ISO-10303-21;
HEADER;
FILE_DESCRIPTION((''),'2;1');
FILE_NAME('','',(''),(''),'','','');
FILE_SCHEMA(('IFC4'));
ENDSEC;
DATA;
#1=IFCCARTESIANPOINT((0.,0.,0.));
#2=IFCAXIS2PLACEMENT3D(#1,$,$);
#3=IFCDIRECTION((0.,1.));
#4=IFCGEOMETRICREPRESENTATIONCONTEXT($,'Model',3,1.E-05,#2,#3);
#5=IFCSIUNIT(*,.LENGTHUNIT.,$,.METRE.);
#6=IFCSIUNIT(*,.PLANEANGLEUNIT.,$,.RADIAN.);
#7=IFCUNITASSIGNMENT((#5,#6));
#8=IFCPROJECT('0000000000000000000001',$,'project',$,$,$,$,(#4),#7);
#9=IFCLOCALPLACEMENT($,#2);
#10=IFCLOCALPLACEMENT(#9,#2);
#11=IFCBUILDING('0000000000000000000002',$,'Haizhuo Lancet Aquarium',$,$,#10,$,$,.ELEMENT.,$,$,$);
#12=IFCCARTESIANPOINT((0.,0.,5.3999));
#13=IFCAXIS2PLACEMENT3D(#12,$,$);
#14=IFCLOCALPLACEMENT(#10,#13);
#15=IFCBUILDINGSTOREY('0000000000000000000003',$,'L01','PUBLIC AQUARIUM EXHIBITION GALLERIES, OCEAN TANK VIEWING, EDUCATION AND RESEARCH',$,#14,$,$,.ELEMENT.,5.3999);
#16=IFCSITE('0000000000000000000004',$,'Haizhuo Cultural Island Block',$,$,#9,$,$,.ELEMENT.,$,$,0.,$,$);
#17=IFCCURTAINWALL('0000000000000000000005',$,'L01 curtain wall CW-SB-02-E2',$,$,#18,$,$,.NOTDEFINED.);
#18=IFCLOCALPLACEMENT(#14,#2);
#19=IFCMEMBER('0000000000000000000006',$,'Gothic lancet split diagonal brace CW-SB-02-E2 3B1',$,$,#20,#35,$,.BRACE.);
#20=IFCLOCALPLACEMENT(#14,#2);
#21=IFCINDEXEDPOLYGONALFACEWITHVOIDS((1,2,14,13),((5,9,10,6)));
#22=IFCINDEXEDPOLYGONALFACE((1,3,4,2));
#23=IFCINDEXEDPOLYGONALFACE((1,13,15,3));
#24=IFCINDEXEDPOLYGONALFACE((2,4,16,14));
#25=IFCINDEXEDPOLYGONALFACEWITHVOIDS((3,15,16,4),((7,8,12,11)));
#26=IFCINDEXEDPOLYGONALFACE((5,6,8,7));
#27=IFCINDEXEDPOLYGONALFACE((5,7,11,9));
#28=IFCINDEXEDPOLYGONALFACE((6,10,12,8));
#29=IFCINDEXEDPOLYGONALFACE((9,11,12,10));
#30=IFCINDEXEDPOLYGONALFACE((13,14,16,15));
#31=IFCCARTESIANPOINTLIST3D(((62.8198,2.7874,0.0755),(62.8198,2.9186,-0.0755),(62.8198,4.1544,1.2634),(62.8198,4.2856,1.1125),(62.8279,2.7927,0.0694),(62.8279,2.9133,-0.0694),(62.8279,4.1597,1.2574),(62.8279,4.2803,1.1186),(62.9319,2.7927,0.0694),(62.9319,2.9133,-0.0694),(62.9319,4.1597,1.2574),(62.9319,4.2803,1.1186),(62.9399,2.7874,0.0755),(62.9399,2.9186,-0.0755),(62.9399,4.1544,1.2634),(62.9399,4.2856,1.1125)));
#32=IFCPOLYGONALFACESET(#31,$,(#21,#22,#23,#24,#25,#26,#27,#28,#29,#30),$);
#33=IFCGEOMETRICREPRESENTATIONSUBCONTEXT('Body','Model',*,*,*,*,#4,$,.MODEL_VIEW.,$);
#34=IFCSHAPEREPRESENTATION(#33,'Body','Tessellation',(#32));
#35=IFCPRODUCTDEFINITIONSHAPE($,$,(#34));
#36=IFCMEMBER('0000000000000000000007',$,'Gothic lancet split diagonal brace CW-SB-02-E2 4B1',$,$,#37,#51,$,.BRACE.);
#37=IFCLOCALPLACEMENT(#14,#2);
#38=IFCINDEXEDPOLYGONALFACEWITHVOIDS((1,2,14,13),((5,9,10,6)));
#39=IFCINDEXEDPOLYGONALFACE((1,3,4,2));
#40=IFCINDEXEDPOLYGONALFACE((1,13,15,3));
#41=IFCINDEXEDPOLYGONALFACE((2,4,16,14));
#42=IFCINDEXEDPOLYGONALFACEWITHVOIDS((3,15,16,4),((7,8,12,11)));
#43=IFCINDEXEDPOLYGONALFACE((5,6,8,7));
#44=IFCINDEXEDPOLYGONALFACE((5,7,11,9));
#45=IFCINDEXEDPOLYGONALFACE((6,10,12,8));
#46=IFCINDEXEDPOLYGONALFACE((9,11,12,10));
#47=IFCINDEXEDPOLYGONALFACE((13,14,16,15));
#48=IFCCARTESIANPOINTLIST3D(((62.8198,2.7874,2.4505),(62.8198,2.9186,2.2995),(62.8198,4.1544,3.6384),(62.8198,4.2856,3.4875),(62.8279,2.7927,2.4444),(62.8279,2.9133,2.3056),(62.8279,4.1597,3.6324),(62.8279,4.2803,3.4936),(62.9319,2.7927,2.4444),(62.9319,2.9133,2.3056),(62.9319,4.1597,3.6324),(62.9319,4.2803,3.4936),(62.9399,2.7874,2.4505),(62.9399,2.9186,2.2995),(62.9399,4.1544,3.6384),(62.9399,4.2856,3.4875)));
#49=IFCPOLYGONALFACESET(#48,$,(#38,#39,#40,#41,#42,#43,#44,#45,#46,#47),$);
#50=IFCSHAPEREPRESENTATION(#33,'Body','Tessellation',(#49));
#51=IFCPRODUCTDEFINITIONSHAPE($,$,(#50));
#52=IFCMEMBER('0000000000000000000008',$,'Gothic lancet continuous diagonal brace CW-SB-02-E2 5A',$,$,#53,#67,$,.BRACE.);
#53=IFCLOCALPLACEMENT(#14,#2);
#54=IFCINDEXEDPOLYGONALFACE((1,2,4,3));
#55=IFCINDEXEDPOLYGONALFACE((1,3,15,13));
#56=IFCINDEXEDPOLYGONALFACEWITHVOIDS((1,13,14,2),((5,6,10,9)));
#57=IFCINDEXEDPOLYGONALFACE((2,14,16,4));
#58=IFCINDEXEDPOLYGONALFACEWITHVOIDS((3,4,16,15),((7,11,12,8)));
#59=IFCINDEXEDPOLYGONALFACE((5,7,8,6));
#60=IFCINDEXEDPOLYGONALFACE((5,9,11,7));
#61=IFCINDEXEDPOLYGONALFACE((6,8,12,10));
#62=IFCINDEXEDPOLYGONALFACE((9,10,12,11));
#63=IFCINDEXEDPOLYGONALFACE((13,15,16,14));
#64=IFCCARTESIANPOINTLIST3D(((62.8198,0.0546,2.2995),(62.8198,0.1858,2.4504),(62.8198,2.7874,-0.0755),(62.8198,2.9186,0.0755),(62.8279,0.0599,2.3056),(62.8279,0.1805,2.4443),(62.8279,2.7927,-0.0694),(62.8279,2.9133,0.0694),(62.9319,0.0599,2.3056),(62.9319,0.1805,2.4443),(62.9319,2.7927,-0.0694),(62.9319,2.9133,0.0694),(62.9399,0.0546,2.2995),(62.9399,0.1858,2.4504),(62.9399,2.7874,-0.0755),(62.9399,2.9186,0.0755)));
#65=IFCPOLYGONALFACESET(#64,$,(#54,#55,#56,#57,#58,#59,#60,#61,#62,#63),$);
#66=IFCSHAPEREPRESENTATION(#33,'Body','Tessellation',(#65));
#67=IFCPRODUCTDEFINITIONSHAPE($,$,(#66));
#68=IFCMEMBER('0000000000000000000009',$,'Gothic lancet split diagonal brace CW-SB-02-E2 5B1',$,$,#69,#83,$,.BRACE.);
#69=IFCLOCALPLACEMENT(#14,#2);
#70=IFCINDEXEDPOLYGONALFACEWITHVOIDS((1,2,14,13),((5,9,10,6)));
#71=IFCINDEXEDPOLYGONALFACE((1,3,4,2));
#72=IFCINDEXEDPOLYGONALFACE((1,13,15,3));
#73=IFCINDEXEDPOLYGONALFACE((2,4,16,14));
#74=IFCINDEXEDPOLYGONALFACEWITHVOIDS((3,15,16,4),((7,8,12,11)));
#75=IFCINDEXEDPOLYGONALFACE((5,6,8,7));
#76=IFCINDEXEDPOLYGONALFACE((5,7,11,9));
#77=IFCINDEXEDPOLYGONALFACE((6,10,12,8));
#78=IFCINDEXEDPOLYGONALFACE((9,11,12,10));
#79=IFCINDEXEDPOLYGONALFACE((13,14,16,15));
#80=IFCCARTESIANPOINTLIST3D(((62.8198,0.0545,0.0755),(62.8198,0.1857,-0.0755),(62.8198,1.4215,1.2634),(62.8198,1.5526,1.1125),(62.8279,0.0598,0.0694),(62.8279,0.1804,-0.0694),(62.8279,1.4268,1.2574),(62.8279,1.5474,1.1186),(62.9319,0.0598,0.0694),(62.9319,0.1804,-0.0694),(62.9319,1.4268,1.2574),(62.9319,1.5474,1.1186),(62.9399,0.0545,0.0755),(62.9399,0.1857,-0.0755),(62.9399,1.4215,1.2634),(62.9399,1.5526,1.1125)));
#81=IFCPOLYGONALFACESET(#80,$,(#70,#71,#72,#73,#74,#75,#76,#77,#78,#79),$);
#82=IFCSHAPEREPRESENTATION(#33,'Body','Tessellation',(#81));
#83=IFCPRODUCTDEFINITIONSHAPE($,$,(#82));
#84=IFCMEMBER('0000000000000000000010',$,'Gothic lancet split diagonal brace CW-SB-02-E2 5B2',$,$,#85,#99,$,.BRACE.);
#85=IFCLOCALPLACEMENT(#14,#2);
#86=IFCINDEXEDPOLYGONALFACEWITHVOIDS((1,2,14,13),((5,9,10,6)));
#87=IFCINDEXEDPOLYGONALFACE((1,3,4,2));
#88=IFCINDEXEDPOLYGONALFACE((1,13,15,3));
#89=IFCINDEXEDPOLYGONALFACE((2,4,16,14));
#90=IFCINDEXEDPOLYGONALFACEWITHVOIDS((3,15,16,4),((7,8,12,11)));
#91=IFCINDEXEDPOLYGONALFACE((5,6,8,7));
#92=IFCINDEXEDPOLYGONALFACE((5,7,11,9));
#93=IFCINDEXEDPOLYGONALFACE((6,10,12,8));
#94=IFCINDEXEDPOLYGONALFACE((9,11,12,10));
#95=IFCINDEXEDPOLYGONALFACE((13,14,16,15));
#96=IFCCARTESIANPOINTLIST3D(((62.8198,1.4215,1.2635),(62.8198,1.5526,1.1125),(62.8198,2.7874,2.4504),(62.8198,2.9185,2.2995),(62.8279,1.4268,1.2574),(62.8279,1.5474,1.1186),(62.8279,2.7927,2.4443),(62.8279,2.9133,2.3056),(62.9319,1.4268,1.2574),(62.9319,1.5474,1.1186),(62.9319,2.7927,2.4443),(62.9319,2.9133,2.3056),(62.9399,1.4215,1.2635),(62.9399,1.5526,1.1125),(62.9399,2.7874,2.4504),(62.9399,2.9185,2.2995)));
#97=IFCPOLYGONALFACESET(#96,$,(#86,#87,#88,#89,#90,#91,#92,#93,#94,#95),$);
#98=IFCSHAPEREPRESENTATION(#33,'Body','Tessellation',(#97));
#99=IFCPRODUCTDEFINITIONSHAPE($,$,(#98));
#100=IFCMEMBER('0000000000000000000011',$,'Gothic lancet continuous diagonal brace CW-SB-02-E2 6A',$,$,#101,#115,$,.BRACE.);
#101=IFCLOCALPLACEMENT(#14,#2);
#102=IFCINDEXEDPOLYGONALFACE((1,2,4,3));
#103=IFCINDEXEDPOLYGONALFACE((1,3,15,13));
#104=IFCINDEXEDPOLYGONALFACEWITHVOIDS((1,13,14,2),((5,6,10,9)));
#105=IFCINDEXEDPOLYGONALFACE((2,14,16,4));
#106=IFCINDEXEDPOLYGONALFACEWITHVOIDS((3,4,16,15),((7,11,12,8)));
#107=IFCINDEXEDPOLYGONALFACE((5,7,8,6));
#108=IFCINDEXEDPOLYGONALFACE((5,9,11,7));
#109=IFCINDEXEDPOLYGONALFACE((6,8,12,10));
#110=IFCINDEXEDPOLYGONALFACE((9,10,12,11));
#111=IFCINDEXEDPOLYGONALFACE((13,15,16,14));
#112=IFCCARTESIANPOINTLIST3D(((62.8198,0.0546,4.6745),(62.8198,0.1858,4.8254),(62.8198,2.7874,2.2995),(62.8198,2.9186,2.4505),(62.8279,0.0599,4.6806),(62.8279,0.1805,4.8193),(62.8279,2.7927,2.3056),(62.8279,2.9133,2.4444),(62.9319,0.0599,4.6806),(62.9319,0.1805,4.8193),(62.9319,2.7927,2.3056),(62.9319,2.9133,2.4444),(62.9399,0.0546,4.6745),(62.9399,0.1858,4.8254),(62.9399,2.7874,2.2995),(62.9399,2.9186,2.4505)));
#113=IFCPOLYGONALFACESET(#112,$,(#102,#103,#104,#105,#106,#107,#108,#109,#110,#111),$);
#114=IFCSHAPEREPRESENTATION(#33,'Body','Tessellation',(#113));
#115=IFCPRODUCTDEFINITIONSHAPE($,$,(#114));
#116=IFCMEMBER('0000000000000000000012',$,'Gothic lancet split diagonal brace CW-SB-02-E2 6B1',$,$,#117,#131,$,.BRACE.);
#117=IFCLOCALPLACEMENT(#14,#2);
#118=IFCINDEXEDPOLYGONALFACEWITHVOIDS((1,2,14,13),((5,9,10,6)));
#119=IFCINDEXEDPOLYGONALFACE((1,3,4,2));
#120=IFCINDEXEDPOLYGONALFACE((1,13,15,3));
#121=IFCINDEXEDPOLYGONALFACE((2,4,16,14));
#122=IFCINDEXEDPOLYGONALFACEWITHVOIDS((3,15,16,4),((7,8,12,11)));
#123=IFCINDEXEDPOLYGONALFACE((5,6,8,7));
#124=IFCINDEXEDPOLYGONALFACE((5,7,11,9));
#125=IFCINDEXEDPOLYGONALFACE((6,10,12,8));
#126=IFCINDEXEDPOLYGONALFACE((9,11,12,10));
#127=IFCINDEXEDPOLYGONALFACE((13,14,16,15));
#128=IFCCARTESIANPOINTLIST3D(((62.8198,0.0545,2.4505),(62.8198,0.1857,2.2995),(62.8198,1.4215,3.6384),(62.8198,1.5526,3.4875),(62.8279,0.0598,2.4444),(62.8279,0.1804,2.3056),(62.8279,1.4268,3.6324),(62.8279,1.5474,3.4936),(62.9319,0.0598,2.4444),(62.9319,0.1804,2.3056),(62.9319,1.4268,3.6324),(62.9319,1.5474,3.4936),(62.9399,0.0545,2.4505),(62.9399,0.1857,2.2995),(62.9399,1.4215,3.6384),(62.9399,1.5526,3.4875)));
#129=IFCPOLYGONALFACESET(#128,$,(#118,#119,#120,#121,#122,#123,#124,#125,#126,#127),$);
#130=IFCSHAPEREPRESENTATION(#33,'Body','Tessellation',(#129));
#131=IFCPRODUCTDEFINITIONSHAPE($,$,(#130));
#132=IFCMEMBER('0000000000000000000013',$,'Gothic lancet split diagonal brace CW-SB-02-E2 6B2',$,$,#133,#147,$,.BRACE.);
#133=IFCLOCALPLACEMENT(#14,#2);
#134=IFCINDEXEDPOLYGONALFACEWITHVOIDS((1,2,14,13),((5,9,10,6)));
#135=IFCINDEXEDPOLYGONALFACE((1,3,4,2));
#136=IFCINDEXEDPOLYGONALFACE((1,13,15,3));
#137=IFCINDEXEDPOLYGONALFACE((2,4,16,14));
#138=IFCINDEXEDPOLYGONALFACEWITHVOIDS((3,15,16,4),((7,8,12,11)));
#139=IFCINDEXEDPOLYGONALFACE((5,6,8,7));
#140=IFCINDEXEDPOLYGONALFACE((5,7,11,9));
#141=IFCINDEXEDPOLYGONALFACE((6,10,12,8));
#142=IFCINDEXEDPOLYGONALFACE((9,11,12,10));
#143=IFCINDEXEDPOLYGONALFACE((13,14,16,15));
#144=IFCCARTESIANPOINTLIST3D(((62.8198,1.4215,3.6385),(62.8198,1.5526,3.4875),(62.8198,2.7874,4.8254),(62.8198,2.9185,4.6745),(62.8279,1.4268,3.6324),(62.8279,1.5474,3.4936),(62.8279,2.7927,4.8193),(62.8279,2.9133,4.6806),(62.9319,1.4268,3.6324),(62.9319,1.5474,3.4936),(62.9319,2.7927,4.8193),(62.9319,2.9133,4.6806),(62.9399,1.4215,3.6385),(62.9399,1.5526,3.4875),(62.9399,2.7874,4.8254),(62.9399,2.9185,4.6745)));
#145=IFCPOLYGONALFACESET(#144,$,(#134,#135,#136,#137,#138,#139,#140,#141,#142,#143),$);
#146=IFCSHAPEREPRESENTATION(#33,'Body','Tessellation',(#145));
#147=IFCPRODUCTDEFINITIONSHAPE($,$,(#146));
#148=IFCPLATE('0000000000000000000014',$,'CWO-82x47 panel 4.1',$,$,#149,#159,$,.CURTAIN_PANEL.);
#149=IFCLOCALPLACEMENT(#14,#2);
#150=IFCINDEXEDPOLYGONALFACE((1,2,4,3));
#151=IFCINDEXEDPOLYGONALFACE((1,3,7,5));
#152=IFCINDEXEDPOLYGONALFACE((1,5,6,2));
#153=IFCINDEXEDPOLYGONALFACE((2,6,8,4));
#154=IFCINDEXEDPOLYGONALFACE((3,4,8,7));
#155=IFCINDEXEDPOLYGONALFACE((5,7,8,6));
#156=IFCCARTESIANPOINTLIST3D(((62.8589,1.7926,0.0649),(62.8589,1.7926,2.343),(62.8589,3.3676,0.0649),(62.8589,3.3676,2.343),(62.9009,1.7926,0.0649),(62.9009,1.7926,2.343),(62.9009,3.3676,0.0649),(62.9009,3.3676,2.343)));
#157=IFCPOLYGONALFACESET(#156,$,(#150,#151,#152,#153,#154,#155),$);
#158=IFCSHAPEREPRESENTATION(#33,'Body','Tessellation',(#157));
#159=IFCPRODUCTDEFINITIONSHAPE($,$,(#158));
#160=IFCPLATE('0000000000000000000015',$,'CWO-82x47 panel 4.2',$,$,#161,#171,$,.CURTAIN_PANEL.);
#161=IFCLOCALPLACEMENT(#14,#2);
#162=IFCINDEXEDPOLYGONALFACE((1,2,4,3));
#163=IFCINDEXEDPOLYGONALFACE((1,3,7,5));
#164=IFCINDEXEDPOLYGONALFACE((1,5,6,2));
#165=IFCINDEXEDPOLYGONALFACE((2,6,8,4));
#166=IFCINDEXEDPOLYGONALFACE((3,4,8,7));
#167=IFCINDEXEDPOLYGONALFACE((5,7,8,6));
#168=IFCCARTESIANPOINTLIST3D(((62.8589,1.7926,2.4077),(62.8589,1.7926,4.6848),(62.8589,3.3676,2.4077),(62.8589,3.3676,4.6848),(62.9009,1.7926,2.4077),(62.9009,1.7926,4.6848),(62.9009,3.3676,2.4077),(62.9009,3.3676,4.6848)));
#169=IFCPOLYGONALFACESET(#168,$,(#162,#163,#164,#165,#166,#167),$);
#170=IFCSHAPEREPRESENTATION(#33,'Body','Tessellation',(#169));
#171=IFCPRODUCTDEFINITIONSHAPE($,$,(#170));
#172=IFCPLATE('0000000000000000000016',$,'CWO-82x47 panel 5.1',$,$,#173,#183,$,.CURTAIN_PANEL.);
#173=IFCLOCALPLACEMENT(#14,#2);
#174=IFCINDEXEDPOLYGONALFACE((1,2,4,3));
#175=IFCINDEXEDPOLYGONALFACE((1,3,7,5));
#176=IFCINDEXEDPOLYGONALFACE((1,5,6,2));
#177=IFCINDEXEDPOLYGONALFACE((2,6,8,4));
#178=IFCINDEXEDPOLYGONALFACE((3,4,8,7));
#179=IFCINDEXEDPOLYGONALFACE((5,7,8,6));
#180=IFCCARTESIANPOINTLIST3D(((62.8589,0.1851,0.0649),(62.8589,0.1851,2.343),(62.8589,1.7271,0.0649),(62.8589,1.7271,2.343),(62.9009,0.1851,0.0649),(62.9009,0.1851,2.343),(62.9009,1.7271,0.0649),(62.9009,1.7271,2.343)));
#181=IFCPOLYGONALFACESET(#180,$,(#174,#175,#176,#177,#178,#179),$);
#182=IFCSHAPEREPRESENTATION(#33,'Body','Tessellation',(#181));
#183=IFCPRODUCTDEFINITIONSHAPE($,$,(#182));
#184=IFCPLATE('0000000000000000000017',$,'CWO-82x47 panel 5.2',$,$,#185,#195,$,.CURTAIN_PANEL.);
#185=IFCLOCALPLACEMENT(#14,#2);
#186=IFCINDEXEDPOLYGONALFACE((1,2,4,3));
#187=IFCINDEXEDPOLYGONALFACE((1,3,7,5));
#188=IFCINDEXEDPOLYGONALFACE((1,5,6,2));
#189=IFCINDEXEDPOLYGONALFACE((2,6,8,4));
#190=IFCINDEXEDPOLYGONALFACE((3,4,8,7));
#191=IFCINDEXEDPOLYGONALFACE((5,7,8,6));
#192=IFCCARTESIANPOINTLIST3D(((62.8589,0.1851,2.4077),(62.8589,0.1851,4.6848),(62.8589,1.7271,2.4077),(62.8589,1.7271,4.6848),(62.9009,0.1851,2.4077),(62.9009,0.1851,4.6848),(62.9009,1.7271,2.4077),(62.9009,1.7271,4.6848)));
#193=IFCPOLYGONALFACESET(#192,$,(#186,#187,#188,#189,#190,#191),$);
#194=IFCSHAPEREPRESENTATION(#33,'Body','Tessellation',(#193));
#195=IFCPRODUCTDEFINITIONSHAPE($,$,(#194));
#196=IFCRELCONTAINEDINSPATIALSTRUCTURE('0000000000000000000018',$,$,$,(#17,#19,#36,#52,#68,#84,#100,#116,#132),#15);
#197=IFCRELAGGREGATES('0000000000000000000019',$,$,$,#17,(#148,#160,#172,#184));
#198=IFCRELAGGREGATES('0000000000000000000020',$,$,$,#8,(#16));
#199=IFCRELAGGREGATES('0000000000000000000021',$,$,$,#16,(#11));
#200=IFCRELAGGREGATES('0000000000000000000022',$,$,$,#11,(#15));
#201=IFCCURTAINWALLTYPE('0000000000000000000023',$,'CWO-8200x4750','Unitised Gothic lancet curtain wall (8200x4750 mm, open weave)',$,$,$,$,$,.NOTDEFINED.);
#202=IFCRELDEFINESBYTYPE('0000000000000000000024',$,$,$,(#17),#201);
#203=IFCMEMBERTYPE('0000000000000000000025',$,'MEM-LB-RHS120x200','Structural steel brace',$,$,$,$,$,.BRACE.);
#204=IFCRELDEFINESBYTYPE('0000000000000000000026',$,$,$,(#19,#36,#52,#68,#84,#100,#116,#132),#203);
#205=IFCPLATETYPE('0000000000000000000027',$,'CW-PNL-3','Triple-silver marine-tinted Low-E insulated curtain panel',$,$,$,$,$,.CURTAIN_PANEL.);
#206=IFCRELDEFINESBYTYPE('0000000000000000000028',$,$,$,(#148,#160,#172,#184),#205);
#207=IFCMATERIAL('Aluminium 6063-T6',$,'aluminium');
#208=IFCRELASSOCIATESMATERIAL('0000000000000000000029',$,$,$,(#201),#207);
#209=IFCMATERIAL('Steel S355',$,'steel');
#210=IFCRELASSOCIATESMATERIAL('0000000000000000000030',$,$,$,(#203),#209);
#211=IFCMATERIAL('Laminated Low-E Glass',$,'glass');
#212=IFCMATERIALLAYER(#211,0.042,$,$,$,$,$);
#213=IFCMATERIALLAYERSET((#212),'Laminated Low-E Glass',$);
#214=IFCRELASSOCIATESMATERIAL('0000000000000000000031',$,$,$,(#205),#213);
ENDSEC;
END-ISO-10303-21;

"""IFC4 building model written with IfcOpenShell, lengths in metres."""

from ifc_helpers import new_model, si_unit, direction, frame, origin, origin_2d, place, context, subcontext, project, spatial, rectangle, hollow_rectangle, extrude, material, layer, layer_set, material_profile, profile_set, type_object, element, aggregate, save


model = new_model("IFC4")

# Units and contexts
model_context = context("Model", 3, precision=1e-05, world=origin(), true_north=direction((0.0, 1.0)))
body_context = subcontext(model_context, "Body", "Model", "MODEL_VIEW")
ifc_project = project(units=[si_unit("LENGTHUNIT", "METRE"), si_unit("PLANEANGLEUNIT", "RADIAN")], contexts=[model_context])

# Site, building, storey
site_placement = place(None, origin())
site = spatial("IfcSite", under=ifc_project, at=site_placement, Name="Haizhuo Cultural Island Block", CompositionType="ELEMENT", RefElevation=0.0)
building_placement = place(site_placement, origin())
building = spatial("IfcBuilding", under=site, at=building_placement, Name="Haizhuo Lancet Aquarium", CompositionType="ELEMENT")
storey_placement = place(building_placement, frame((0.0, 0.0, 5.3999)))
storey = spatial("IfcBuildingStorey", under=building, at=storey_placement, Name="L01", Description="PUBLIC AQUARIUM EXHIBITION GALLERIES, OCEAN TANK VIEWING, EDUCATION AND RESEARCH", CompositionType="ELEMENT", Elevation=5.3999)

# Curtain wall
ifc_material_1 = material(Name="Aluminium 6063-T6", Category="aluminium")
curtain_wall_type = type_object("IfcCurtainWallType", Name="CWO-8200x4750", Description="Unitised Gothic lancet curtain wall (8200x4750 mm, open weave)", PredefinedType="NOTDEFINED", material=ifc_material_1)
curtain_wall_1_placement = place(storey_placement, origin())
curtain_wall_1 = element("IfcCurtainWall", 1, at=curtain_wall_1_placement, inside=storey, type_object=curtain_wall_type, Name="L01 curtain wall CW-SB-02-E2", PredefinedType="NOTDEFINED")

# Members
ifc_material_2 = material(Name="Steel S355", Category="steel")
ifc_material_profile_1 = material_profile(ifc_material_2, hollow_rectangle(XDim=0.1201, YDim=0.2, WallThickness=0.0081, at=origin_2d()), Name="RHS 120x200x8")
ifc_profile_set_1 = profile_set([ifc_material_profile_1], Name="Steel S355")
member_type_1 = type_object("IfcMemberType", Name="MEM-LB-RHS120x200", Description="Structural steel brace", PredefinedType="BRACE", material=ifc_profile_set_1)
for number, where, z_axis, x_axis, name in (
    (2, (62.8799, 2.853, 0.0), (0.0, 0.754785, 0.655972), (-1.0, 0.0, 0.0), "Gothic lancet split diagonal brace CW-SB-02-E2 3B1"),
    (3, (62.8799, 2.853, 2.375), (0.0, 0.754785, 0.655972), (-1.0, 0.0, 0.0), "Gothic lancet split diagonal brace CW-SB-02-E2 4B1"),
):
    element("IfcMember", number, at=place(storey_placement, frame(where, z_axis=z_axis, x_axis=x_axis)), inside=storey, type_object=member_type_1, Name=name, PredefinedType="BRACE", context=body_context, shape_type="SweptSolid", body=[
        extrude(hollow_rectangle(XDim=0.1201, YDim=0.2, WallThickness=0.0081, at=origin_2d()), origin(), (0.0, 0.0, 1.0), 1.811),
    ])
member_1_placement = place(storey_placement, frame((62.8799, 2.853, 0.0), z_axis=(0.0, -0.754803, 0.655952), x_axis=(1.0, 0.0, 0.0)))
element("IfcMember", 4, at=member_1_placement, inside=storey, type_object=member_type_1, Name="Gothic lancet continuous diagonal brace CW-SB-02-E2 5A", PredefinedType="BRACE", context=body_context, shape_type="SweptSolid", body=[
    extrude(hollow_rectangle(XDim=0.1201, YDim=0.2, WallThickness=0.0081, at=origin_2d()), origin(), (0.0, 0.0, 1.0), 3.6206),
])
member_2_placement = place(storey_placement, frame((62.8799, 0.1201, 0.0), z_axis=(0.0, 0.754785, 0.655972), x_axis=(-1.0, 0.0, 0.0)))
element("IfcMember", 5, at=member_2_placement, inside=storey, type_object=member_type_1, Name="Gothic lancet split diagonal brace CW-SB-02-E2 5B1", PredefinedType="BRACE", context=body_context, shape_type="SweptSolid", body=[
    extrude(hollow_rectangle(XDim=0.1201, YDim=0.2, WallThickness=0.0081, at=origin_2d()), origin(), (0.0, 0.0, 1.0), 1.811),
])
member_3_placement = place(storey_placement, frame((62.8799, 1.4871, 1.188), z_axis=(0.0, 0.75482, 0.655932), x_axis=(-1.0, 0.0, 0.0)))
element("IfcMember", 6, at=member_3_placement, inside=storey, type_object=member_type_1, Name="Gothic lancet split diagonal brace CW-SB-02-E2 5B2", PredefinedType="BRACE", context=body_context, shape_type="SweptSolid", body=[
    extrude(hollow_rectangle(XDim=0.1201, YDim=0.2, WallThickness=0.0081, at=origin_2d()), origin(), (0.0, 0.0, 1.0), 1.8096),
])
member_4_placement = place(storey_placement, frame((62.8799, 2.853, 2.375), z_axis=(0.0, -0.754803, 0.655952), x_axis=(1.0, 0.0, 0.0)))
element("IfcMember", 7, at=member_4_placement, inside=storey, type_object=member_type_1, Name="Gothic lancet continuous diagonal brace CW-SB-02-E2 6A", PredefinedType="BRACE", context=body_context, shape_type="SweptSolid", body=[
    extrude(hollow_rectangle(XDim=0.1201, YDim=0.2, WallThickness=0.0081, at=origin_2d()), origin(), (0.0, 0.0, 1.0), 3.6206),
])
member_5_placement = place(storey_placement, frame((62.8799, 0.1201, 2.375), z_axis=(0.0, 0.754785, 0.655972), x_axis=(-1.0, 0.0, 0.0)))
element("IfcMember", 8, at=member_5_placement, inside=storey, type_object=member_type_1, Name="Gothic lancet split diagonal brace CW-SB-02-E2 6B1", PredefinedType="BRACE", context=body_context, shape_type="SweptSolid", body=[
    extrude(hollow_rectangle(XDim=0.1201, YDim=0.2, WallThickness=0.0081, at=origin_2d()), origin(), (0.0, 0.0, 1.0), 1.811),
])
member_6_placement = place(storey_placement, frame((62.8799, 1.4871, 3.563), z_axis=(0.0, 0.75482, 0.655932), x_axis=(-1.0, 0.0, 0.0)))
element("IfcMember", 9, at=member_6_placement, inside=storey, type_object=member_type_1, Name="Gothic lancet split diagonal brace CW-SB-02-E2 6B2", PredefinedType="BRACE", context=body_context, shape_type="SweptSolid", body=[
    extrude(hollow_rectangle(XDim=0.1201, YDim=0.2, WallThickness=0.0081, at=origin_2d()), origin(), (0.0, 0.0, 1.0), 1.8096),
])

# Plates
ifc_material_3 = material(Name="Laminated Low-E Glass", Category="glass")
ifc_layer = layer(ifc_material_3, 0.042)
ifc_layer_set = layer_set([ifc_layer], Name="Laminated Low-E Glass")
plate_type = type_object("IfcPlateType", Name="CW-PNL-3", Description="Triple-silver marine-tinted Low-E insulated curtain panel", PredefinedType="CURTAIN_PANEL", material=ifc_layer_set)
plate_1_placement = place(storey_placement, frame((62.8799, 2.5801, 0.0649), z_axis=(0.0, 0.0, 1.0), x_axis=(0.0, -1.0, 0.0)))
plate_1 = element("IfcPlate", 10, at=plate_1_placement, type_object=plate_type, Name="CWO-82x47 panel 4.1", PredefinedType="CURTAIN_PANEL", context=body_context, shape_type="SweptSolid", body=[
    extrude(rectangle(XDim=1.575, YDim=0.042, at=origin_2d()), origin(), (0.0, 0.0, 1.0), 2.2781),
])
plate_2_placement = place(storey_placement, frame((62.8799, 2.5801, 2.4077), z_axis=(0.0, 0.0, 1.0), x_axis=(0.0, -1.0, 0.0)))
plate_2 = element("IfcPlate", 11, at=plate_2_placement, type_object=plate_type, Name="CWO-82x47 panel 4.2", PredefinedType="CURTAIN_PANEL", context=body_context, shape_type="SweptSolid", body=[
    extrude(rectangle(XDim=1.575, YDim=0.042, at=origin_2d()), origin(), (0.0, 0.0, 1.0), 2.2771),
])
plate_3_placement = place(storey_placement, frame((62.8799, 0.9561, 0.0649), z_axis=(0.0, 0.0, 1.0), x_axis=(0.0, -1.0, 0.0)))
plate_3 = element("IfcPlate", 12, at=plate_3_placement, type_object=plate_type, Name="CWO-82x47 panel 5.1", PredefinedType="CURTAIN_PANEL", context=body_context, shape_type="SweptSolid", body=[
    extrude(rectangle(XDim=1.542, YDim=0.042, at=origin_2d()), origin(), (0.0, 0.0, 1.0), 2.2781),
])
plate_4_placement = place(storey_placement, frame((62.8799, 0.9561, 2.4077), z_axis=(0.0, 0.0, 1.0), x_axis=(0.0, -1.0, 0.0)))
plate_4 = element("IfcPlate", 13, at=plate_4_placement, type_object=plate_type, Name="CWO-82x47 panel 5.2", PredefinedType="CURTAIN_PANEL", context=body_context, shape_type="SweptSolid", body=[
    extrude(rectangle(XDim=1.542, YDim=0.042, at=origin_2d()), origin(), (0.0, 0.0, 1.0), 2.2771),
])
aggregate(curtain_wall_1, [plate_1, plate_2, plate_3, plate_4])

save(model, "model.ifc")
